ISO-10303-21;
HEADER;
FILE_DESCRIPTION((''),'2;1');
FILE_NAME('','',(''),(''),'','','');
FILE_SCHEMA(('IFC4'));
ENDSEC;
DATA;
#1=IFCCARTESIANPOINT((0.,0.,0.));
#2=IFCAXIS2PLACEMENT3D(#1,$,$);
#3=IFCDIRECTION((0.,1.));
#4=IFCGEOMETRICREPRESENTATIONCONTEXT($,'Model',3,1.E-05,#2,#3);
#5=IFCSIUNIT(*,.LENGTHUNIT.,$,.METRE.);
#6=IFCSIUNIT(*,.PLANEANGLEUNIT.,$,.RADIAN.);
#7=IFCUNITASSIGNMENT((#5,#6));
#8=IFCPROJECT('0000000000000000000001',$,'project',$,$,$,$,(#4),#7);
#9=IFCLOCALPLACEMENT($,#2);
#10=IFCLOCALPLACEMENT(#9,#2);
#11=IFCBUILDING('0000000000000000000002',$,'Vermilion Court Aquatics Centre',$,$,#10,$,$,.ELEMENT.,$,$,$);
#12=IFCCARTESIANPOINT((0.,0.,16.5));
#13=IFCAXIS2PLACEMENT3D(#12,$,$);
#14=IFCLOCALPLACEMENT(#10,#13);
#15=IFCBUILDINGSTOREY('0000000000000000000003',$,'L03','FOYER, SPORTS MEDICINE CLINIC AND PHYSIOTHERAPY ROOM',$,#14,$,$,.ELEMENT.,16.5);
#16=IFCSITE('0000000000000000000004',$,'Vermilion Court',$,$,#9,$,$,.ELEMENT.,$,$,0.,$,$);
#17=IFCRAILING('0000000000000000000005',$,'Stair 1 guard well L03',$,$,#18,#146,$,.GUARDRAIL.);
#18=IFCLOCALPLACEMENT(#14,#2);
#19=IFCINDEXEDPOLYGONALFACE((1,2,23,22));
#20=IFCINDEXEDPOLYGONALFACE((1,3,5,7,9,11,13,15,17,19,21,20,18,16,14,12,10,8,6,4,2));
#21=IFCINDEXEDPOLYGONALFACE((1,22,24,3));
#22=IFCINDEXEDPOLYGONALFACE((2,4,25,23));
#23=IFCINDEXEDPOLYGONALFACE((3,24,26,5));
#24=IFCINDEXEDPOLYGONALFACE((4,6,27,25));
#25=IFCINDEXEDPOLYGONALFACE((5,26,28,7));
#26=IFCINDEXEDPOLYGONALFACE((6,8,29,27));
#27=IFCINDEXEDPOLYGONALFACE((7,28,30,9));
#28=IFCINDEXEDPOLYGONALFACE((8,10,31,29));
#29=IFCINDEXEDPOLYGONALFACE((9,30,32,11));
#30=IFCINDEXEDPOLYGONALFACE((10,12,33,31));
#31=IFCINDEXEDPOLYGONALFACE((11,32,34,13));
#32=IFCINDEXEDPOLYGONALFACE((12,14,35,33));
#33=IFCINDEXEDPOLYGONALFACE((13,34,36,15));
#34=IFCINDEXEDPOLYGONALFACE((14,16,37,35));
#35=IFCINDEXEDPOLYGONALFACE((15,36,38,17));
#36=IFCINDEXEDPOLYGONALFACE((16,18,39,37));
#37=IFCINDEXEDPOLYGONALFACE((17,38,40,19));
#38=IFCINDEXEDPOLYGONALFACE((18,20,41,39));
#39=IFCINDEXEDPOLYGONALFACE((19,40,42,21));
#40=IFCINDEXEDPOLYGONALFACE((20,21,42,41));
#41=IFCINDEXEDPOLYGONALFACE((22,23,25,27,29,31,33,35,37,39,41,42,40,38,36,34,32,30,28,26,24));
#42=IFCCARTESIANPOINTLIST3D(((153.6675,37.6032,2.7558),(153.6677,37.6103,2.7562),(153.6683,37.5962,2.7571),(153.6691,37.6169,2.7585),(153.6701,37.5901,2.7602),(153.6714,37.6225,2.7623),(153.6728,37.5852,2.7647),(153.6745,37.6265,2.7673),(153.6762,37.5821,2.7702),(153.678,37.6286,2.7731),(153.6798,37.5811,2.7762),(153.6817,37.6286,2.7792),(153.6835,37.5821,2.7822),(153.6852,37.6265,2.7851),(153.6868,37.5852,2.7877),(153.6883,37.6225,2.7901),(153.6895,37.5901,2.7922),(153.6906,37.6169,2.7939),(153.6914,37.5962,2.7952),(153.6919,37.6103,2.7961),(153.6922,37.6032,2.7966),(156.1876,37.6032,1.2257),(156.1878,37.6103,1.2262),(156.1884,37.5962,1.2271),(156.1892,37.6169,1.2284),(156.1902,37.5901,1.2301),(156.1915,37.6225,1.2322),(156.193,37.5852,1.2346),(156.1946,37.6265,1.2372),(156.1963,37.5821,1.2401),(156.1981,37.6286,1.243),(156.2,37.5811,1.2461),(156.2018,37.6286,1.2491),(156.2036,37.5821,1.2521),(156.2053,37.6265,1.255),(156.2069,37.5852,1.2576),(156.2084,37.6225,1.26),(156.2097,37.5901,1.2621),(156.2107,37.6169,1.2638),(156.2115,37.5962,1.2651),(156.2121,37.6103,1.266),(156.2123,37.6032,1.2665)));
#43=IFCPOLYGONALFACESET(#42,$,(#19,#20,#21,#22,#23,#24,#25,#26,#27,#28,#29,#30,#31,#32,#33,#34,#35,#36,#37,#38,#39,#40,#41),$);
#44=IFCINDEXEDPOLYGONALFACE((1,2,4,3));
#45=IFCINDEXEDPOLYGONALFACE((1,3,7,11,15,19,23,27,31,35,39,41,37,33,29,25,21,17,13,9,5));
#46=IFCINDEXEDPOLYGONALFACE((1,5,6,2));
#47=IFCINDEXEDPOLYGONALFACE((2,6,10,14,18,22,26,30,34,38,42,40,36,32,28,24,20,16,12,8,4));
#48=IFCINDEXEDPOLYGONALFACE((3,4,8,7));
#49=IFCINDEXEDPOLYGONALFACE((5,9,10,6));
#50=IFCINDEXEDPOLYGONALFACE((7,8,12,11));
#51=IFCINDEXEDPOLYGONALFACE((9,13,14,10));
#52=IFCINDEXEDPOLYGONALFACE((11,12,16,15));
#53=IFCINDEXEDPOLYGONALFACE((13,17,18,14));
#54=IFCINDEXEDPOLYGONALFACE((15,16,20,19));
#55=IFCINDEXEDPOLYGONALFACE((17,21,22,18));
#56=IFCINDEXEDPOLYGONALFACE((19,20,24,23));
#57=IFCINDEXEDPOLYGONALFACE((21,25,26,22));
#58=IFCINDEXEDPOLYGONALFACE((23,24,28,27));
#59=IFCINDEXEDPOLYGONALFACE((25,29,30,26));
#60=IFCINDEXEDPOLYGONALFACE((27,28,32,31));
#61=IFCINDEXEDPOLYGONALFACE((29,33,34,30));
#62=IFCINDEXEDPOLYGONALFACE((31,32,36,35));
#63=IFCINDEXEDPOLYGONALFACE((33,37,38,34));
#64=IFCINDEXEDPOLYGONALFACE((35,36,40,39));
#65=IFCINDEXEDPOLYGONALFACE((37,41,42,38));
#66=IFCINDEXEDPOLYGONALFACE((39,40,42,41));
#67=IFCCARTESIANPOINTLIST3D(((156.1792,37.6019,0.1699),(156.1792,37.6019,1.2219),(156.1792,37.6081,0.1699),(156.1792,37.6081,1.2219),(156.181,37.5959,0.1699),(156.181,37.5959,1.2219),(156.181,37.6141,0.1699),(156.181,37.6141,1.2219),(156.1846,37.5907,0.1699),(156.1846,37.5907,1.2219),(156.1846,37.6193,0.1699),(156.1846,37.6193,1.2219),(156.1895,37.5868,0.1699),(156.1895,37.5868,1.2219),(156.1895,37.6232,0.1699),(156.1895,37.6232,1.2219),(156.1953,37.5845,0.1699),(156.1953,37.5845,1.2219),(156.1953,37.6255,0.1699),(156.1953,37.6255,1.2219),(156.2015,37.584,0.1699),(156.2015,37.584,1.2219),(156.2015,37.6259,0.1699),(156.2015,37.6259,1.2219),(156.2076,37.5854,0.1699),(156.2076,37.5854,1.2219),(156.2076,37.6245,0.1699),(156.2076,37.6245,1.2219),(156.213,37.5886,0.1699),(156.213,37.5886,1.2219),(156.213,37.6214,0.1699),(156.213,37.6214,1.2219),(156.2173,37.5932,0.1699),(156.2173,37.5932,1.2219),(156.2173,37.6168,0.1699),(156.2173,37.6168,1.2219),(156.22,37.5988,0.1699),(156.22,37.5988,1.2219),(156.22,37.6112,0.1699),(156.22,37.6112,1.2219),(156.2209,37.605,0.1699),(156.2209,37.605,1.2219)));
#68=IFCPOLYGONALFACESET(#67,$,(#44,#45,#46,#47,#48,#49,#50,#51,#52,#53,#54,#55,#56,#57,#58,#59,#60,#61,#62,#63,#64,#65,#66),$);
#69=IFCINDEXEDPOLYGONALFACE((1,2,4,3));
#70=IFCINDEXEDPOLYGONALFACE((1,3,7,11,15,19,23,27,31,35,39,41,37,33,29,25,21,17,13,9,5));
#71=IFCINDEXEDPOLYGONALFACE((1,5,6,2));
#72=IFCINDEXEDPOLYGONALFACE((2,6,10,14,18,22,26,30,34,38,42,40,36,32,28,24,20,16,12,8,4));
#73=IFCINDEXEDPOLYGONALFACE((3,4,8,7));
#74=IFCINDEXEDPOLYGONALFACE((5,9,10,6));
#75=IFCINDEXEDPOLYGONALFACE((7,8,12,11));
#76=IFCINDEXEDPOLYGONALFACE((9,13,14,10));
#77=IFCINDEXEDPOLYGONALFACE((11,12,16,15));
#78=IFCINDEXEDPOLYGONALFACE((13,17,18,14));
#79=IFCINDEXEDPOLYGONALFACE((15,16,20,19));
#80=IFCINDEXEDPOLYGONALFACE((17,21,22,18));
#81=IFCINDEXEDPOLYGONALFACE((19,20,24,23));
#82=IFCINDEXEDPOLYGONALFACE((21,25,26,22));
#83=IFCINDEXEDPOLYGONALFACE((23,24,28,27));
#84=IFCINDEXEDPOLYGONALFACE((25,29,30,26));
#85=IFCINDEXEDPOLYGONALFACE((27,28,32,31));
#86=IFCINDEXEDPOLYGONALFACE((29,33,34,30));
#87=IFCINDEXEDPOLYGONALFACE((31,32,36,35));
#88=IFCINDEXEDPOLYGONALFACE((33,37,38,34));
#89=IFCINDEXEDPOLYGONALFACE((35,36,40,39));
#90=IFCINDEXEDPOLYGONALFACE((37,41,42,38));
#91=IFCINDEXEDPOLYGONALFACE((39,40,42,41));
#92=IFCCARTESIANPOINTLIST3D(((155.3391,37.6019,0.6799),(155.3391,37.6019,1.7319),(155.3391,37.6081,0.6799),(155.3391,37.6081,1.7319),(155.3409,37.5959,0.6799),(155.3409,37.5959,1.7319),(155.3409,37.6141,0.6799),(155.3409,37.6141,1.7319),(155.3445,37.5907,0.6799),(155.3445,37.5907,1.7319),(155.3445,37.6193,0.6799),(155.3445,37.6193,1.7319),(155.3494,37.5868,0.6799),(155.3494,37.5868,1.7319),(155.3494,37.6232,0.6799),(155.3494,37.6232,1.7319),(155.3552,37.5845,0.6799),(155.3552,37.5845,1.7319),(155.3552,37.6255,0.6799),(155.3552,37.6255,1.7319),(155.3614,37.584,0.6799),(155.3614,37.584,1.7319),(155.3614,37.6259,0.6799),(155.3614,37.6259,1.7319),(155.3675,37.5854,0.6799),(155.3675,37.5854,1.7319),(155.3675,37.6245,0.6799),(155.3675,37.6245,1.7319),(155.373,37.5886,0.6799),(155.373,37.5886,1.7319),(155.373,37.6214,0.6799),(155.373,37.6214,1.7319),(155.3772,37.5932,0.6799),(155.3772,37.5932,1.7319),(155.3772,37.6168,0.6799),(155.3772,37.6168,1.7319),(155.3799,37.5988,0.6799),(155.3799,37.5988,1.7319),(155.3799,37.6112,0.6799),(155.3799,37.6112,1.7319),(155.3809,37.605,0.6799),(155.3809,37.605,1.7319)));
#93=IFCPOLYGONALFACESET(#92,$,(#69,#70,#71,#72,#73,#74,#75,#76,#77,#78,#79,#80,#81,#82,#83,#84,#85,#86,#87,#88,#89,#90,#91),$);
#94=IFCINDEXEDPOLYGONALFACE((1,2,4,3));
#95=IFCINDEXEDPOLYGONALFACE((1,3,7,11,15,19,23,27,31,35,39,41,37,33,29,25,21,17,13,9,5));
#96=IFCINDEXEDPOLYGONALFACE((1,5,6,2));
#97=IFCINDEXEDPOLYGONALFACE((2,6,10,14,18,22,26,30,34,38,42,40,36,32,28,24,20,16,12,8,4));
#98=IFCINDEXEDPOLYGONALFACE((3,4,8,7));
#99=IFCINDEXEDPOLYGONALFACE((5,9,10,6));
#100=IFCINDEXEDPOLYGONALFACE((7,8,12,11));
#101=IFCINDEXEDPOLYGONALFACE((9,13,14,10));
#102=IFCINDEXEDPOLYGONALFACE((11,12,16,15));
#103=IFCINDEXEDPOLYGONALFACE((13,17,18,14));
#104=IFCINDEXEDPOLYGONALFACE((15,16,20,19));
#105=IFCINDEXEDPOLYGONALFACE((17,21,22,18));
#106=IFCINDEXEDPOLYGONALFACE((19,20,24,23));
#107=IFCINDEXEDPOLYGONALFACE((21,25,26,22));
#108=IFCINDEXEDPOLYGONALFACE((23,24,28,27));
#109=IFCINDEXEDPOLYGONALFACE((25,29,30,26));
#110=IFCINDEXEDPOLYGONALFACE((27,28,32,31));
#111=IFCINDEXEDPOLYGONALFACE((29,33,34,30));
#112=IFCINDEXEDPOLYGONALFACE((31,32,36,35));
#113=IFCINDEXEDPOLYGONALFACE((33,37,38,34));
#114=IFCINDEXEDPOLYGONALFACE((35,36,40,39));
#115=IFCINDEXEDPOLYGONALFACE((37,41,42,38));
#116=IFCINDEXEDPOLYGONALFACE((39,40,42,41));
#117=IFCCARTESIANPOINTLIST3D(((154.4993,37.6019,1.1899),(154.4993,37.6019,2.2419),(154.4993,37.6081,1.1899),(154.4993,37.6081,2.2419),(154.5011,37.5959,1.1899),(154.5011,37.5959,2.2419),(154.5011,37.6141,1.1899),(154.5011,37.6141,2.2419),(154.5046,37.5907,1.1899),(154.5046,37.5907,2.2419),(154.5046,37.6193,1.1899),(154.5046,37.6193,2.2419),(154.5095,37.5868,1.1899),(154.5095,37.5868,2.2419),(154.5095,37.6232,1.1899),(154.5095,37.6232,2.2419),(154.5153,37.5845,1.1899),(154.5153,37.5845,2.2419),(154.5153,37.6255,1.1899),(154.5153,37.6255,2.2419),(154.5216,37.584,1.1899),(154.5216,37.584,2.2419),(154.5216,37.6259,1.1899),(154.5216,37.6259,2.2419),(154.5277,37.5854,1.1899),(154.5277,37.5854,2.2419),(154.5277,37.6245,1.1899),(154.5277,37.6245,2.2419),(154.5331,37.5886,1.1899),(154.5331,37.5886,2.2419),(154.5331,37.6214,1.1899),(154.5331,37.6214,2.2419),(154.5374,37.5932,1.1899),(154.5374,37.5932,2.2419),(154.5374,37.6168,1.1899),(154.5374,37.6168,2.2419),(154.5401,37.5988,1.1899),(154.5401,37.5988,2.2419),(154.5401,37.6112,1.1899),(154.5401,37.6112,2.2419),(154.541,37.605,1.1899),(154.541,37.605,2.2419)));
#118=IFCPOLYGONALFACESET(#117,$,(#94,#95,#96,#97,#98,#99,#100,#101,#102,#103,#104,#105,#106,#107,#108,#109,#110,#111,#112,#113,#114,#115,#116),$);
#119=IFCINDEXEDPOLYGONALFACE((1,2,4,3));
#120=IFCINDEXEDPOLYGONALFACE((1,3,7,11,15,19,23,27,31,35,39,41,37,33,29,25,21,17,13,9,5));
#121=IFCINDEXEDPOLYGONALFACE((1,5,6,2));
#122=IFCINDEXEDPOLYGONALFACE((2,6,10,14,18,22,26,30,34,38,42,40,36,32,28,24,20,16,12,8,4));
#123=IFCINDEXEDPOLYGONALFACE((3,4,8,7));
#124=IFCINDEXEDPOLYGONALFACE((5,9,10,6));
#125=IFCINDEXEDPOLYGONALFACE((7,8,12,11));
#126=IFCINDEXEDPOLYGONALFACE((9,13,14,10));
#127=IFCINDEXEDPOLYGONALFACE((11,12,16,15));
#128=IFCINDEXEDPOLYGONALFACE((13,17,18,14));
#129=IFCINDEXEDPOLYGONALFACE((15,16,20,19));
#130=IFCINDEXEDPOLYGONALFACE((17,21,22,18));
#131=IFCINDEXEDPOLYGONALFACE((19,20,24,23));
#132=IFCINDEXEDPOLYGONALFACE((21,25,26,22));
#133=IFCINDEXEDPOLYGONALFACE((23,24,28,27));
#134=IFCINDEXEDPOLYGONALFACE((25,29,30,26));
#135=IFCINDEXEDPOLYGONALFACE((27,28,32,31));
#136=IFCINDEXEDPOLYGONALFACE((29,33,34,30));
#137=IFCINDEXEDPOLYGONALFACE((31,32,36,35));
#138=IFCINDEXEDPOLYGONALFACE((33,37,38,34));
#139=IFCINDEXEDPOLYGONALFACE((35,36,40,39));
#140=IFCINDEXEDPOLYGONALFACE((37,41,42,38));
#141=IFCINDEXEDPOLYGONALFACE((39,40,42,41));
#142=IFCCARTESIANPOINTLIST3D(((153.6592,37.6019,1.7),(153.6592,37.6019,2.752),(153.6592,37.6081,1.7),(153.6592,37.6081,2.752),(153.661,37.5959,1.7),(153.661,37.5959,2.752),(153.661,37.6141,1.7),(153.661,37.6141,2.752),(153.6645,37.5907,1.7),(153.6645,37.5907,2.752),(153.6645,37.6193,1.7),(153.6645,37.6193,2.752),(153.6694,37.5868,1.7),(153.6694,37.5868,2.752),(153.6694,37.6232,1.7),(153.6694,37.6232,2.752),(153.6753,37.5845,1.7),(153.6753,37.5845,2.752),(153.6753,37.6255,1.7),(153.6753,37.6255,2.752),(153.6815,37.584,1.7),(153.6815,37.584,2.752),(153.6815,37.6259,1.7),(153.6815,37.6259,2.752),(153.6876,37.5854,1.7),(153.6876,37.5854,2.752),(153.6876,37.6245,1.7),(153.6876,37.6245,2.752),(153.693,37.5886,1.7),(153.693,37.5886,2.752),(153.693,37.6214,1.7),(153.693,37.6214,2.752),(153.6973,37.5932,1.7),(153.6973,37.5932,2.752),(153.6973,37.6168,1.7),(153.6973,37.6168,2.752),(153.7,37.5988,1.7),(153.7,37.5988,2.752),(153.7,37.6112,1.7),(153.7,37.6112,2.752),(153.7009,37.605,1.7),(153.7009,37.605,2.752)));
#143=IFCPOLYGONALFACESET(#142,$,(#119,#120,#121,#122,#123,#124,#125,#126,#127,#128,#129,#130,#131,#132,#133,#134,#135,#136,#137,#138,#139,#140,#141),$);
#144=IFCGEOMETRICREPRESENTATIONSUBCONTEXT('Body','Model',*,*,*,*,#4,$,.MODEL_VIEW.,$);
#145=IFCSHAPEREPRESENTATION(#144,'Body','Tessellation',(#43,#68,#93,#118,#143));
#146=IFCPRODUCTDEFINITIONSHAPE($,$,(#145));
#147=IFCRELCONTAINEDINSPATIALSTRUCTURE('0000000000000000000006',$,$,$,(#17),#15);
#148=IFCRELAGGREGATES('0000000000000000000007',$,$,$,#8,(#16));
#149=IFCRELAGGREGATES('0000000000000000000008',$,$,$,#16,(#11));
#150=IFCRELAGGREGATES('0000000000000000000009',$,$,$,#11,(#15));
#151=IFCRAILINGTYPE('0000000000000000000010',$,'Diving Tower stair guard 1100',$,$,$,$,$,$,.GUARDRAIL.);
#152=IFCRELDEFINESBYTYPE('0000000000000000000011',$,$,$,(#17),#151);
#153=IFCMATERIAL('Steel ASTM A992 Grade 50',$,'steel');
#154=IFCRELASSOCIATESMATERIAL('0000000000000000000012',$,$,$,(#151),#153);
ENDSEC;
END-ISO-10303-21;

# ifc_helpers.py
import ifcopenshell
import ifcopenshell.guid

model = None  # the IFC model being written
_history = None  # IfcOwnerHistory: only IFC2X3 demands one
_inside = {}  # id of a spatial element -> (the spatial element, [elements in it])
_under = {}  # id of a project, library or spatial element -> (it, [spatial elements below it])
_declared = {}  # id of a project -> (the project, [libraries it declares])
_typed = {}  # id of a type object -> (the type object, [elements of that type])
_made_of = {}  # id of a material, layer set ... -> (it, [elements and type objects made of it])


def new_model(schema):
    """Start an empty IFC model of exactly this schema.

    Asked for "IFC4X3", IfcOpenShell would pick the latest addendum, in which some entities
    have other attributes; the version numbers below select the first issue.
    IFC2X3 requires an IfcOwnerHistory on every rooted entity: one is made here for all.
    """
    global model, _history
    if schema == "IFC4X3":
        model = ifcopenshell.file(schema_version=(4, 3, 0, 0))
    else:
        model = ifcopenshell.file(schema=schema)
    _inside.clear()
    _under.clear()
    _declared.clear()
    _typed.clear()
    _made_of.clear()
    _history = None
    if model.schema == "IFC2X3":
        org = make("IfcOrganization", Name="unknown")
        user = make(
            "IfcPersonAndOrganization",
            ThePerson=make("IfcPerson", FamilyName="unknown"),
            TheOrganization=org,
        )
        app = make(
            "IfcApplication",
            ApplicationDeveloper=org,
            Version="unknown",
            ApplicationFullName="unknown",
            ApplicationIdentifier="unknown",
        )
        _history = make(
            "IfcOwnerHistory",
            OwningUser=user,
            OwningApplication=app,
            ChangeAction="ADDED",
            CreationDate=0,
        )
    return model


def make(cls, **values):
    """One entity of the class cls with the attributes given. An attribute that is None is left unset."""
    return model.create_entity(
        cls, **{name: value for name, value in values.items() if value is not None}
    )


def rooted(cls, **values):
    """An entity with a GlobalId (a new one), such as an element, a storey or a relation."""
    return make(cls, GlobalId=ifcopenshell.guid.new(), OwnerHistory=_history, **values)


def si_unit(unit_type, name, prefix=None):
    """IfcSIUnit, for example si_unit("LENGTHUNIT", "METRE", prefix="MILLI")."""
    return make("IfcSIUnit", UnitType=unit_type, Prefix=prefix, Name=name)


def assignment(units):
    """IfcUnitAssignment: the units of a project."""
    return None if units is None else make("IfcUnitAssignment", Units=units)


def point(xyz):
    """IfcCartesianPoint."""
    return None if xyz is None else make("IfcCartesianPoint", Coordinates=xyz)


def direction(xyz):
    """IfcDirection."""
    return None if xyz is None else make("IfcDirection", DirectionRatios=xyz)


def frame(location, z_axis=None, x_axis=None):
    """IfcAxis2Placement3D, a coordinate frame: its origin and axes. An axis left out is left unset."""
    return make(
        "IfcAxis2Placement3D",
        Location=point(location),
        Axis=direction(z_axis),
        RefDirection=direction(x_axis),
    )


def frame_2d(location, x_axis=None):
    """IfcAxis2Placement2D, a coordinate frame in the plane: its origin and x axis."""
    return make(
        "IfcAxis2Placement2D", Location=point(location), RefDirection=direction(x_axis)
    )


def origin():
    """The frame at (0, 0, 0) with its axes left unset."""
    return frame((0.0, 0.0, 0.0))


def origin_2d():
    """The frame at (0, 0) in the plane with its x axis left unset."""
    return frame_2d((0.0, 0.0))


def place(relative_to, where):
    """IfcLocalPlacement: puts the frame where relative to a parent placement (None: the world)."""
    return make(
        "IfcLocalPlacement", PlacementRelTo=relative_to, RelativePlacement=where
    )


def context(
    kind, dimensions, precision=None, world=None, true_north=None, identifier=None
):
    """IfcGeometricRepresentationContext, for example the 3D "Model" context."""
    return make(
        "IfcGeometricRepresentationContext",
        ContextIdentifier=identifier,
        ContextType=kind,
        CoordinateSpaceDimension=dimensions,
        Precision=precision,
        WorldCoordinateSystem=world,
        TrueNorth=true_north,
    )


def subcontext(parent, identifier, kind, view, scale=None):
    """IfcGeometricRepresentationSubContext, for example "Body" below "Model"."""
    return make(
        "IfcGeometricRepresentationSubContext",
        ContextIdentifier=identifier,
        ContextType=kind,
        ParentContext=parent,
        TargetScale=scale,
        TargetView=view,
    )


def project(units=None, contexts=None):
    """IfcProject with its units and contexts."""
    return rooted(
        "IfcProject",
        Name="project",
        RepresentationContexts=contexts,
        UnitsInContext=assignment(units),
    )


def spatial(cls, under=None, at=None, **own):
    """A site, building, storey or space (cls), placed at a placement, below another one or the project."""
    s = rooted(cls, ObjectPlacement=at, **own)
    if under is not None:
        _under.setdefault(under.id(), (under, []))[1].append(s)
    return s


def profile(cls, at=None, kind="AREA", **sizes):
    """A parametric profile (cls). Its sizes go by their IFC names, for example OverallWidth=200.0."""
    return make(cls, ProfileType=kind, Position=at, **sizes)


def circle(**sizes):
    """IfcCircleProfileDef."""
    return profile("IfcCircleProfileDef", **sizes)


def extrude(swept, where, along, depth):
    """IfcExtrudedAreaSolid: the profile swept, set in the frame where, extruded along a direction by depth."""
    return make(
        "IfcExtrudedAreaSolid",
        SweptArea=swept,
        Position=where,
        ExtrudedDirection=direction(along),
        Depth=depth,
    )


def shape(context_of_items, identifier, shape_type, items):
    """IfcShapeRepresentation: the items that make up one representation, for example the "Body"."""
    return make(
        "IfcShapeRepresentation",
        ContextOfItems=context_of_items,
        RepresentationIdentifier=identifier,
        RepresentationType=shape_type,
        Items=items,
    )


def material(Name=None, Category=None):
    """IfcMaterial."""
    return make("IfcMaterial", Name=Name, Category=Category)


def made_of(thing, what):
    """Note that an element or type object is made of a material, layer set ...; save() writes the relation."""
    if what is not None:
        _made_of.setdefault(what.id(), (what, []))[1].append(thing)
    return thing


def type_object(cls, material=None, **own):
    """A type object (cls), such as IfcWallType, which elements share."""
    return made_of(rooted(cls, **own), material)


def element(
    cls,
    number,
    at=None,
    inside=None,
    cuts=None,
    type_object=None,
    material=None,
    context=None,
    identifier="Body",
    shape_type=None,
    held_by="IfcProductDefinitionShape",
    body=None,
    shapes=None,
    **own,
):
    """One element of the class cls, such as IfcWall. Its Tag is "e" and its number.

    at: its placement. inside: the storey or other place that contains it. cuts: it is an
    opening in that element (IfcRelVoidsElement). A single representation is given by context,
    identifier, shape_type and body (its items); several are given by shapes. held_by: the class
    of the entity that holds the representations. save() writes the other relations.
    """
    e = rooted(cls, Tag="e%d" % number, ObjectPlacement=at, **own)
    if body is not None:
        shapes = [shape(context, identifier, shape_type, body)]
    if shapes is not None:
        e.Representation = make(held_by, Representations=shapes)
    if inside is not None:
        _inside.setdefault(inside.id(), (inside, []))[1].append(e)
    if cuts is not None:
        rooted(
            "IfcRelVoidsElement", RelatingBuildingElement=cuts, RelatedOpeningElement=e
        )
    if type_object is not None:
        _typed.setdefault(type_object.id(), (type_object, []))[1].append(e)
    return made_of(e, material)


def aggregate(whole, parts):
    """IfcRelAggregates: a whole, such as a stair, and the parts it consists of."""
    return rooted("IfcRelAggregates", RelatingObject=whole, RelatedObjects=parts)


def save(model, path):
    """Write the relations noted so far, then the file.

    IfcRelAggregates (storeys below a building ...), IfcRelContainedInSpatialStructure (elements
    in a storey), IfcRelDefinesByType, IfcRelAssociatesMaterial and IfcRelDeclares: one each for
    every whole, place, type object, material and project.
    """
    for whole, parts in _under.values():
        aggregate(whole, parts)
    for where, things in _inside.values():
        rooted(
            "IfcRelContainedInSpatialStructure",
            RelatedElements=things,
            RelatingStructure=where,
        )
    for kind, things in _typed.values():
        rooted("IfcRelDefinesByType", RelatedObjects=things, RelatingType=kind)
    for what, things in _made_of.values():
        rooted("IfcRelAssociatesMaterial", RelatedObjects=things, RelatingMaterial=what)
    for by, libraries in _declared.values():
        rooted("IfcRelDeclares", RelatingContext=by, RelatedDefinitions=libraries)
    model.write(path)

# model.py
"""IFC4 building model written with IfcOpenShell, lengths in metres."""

from ifc_helpers import new_model, si_unit, direction, frame, origin, origin_2d, place, context, subcontext, project, spatial, circle, extrude, material, type_object, element, save


model = new_model("IFC4")

# Units and contexts
model_context = context("Model", 3, precision=1e-05, world=origin(), true_north=direction((0.0, 1.0)))
body_context = subcontext(model_context, "Body", "Model", "MODEL_VIEW")
ifc_project = project(units=[si_unit("LENGTHUNIT", "METRE"), si_unit("PLANEANGLEUNIT", "RADIAN")], contexts=[model_context])

# Site, building, storey
site_placement = place(None, origin())
site = spatial("IfcSite", under=ifc_project, at=site_placement, Name="Vermilion Court", CompositionType="ELEMENT", RefElevation=0.0)
building_placement = place(site_placement, origin())
building = spatial("IfcBuilding", under=site, at=building_placement, Name="Vermilion Court Aquatics Centre", CompositionType="ELEMENT")
storey_placement = place(building_placement, frame((0.0, 0.0, 16.5)))
storey = spatial("IfcBuildingStorey", under=building, at=storey_placement, Name="L03", Description="FOYER, SPORTS MEDICINE CLINIC AND PHYSIOTHERAPY ROOM", CompositionType="ELEMENT", Elevation=16.5)

# Railing
ifc_material_1 = material(Name="Steel ASTM A992 Grade 50", Category="steel")
railing_type_1 = type_object("IfcRailingType", Name="Diving Tower stair guard 1100", PredefinedType="GUARDRAIL", material=ifc_material_1)
railing_placement = place(storey_placement, frame((156.2, 37.605, 0.1699)))
element("IfcRailing", 1, at=railing_placement, inside=storey, type_object=railing_type_1, Name="Stair 1 guard well L03", PredefinedType="GUARDRAIL", context=body_context, shape_type="SweptSolid", body=[
    extrude(circle(Radius=0.0239, at=origin_2d()), frame((0.0, 0.0, 1.0762), z_axis=(-0.854785, 0.0, 0.518982), x_axis=(0.0, -1.0, 0.0)), (0.0, 0.0, 1.0), 2.9482),
    extrude(circle(Radius=0.021, at=origin_2d()), origin(), (0.0, 0.0, 1.0), 1.052),
    extrude(circle(Radius=0.021, at=origin_2d()), frame((-0.8401, 0.0, 0.51)), (0.0, 0.0, 1.0), 1.052),
    extrude(circle(Radius=0.021, at=origin_2d()), frame((-1.6799, 0.0, 1.02)), (0.0, 0.0, 1.0), 1.052),
    extrude(circle(Radius=0.021, at=origin_2d()), frame((-2.52, 0.0, 1.53)), (0.0, 0.0, 1.0), 1.052),
])

save(model, "model.ifc")
